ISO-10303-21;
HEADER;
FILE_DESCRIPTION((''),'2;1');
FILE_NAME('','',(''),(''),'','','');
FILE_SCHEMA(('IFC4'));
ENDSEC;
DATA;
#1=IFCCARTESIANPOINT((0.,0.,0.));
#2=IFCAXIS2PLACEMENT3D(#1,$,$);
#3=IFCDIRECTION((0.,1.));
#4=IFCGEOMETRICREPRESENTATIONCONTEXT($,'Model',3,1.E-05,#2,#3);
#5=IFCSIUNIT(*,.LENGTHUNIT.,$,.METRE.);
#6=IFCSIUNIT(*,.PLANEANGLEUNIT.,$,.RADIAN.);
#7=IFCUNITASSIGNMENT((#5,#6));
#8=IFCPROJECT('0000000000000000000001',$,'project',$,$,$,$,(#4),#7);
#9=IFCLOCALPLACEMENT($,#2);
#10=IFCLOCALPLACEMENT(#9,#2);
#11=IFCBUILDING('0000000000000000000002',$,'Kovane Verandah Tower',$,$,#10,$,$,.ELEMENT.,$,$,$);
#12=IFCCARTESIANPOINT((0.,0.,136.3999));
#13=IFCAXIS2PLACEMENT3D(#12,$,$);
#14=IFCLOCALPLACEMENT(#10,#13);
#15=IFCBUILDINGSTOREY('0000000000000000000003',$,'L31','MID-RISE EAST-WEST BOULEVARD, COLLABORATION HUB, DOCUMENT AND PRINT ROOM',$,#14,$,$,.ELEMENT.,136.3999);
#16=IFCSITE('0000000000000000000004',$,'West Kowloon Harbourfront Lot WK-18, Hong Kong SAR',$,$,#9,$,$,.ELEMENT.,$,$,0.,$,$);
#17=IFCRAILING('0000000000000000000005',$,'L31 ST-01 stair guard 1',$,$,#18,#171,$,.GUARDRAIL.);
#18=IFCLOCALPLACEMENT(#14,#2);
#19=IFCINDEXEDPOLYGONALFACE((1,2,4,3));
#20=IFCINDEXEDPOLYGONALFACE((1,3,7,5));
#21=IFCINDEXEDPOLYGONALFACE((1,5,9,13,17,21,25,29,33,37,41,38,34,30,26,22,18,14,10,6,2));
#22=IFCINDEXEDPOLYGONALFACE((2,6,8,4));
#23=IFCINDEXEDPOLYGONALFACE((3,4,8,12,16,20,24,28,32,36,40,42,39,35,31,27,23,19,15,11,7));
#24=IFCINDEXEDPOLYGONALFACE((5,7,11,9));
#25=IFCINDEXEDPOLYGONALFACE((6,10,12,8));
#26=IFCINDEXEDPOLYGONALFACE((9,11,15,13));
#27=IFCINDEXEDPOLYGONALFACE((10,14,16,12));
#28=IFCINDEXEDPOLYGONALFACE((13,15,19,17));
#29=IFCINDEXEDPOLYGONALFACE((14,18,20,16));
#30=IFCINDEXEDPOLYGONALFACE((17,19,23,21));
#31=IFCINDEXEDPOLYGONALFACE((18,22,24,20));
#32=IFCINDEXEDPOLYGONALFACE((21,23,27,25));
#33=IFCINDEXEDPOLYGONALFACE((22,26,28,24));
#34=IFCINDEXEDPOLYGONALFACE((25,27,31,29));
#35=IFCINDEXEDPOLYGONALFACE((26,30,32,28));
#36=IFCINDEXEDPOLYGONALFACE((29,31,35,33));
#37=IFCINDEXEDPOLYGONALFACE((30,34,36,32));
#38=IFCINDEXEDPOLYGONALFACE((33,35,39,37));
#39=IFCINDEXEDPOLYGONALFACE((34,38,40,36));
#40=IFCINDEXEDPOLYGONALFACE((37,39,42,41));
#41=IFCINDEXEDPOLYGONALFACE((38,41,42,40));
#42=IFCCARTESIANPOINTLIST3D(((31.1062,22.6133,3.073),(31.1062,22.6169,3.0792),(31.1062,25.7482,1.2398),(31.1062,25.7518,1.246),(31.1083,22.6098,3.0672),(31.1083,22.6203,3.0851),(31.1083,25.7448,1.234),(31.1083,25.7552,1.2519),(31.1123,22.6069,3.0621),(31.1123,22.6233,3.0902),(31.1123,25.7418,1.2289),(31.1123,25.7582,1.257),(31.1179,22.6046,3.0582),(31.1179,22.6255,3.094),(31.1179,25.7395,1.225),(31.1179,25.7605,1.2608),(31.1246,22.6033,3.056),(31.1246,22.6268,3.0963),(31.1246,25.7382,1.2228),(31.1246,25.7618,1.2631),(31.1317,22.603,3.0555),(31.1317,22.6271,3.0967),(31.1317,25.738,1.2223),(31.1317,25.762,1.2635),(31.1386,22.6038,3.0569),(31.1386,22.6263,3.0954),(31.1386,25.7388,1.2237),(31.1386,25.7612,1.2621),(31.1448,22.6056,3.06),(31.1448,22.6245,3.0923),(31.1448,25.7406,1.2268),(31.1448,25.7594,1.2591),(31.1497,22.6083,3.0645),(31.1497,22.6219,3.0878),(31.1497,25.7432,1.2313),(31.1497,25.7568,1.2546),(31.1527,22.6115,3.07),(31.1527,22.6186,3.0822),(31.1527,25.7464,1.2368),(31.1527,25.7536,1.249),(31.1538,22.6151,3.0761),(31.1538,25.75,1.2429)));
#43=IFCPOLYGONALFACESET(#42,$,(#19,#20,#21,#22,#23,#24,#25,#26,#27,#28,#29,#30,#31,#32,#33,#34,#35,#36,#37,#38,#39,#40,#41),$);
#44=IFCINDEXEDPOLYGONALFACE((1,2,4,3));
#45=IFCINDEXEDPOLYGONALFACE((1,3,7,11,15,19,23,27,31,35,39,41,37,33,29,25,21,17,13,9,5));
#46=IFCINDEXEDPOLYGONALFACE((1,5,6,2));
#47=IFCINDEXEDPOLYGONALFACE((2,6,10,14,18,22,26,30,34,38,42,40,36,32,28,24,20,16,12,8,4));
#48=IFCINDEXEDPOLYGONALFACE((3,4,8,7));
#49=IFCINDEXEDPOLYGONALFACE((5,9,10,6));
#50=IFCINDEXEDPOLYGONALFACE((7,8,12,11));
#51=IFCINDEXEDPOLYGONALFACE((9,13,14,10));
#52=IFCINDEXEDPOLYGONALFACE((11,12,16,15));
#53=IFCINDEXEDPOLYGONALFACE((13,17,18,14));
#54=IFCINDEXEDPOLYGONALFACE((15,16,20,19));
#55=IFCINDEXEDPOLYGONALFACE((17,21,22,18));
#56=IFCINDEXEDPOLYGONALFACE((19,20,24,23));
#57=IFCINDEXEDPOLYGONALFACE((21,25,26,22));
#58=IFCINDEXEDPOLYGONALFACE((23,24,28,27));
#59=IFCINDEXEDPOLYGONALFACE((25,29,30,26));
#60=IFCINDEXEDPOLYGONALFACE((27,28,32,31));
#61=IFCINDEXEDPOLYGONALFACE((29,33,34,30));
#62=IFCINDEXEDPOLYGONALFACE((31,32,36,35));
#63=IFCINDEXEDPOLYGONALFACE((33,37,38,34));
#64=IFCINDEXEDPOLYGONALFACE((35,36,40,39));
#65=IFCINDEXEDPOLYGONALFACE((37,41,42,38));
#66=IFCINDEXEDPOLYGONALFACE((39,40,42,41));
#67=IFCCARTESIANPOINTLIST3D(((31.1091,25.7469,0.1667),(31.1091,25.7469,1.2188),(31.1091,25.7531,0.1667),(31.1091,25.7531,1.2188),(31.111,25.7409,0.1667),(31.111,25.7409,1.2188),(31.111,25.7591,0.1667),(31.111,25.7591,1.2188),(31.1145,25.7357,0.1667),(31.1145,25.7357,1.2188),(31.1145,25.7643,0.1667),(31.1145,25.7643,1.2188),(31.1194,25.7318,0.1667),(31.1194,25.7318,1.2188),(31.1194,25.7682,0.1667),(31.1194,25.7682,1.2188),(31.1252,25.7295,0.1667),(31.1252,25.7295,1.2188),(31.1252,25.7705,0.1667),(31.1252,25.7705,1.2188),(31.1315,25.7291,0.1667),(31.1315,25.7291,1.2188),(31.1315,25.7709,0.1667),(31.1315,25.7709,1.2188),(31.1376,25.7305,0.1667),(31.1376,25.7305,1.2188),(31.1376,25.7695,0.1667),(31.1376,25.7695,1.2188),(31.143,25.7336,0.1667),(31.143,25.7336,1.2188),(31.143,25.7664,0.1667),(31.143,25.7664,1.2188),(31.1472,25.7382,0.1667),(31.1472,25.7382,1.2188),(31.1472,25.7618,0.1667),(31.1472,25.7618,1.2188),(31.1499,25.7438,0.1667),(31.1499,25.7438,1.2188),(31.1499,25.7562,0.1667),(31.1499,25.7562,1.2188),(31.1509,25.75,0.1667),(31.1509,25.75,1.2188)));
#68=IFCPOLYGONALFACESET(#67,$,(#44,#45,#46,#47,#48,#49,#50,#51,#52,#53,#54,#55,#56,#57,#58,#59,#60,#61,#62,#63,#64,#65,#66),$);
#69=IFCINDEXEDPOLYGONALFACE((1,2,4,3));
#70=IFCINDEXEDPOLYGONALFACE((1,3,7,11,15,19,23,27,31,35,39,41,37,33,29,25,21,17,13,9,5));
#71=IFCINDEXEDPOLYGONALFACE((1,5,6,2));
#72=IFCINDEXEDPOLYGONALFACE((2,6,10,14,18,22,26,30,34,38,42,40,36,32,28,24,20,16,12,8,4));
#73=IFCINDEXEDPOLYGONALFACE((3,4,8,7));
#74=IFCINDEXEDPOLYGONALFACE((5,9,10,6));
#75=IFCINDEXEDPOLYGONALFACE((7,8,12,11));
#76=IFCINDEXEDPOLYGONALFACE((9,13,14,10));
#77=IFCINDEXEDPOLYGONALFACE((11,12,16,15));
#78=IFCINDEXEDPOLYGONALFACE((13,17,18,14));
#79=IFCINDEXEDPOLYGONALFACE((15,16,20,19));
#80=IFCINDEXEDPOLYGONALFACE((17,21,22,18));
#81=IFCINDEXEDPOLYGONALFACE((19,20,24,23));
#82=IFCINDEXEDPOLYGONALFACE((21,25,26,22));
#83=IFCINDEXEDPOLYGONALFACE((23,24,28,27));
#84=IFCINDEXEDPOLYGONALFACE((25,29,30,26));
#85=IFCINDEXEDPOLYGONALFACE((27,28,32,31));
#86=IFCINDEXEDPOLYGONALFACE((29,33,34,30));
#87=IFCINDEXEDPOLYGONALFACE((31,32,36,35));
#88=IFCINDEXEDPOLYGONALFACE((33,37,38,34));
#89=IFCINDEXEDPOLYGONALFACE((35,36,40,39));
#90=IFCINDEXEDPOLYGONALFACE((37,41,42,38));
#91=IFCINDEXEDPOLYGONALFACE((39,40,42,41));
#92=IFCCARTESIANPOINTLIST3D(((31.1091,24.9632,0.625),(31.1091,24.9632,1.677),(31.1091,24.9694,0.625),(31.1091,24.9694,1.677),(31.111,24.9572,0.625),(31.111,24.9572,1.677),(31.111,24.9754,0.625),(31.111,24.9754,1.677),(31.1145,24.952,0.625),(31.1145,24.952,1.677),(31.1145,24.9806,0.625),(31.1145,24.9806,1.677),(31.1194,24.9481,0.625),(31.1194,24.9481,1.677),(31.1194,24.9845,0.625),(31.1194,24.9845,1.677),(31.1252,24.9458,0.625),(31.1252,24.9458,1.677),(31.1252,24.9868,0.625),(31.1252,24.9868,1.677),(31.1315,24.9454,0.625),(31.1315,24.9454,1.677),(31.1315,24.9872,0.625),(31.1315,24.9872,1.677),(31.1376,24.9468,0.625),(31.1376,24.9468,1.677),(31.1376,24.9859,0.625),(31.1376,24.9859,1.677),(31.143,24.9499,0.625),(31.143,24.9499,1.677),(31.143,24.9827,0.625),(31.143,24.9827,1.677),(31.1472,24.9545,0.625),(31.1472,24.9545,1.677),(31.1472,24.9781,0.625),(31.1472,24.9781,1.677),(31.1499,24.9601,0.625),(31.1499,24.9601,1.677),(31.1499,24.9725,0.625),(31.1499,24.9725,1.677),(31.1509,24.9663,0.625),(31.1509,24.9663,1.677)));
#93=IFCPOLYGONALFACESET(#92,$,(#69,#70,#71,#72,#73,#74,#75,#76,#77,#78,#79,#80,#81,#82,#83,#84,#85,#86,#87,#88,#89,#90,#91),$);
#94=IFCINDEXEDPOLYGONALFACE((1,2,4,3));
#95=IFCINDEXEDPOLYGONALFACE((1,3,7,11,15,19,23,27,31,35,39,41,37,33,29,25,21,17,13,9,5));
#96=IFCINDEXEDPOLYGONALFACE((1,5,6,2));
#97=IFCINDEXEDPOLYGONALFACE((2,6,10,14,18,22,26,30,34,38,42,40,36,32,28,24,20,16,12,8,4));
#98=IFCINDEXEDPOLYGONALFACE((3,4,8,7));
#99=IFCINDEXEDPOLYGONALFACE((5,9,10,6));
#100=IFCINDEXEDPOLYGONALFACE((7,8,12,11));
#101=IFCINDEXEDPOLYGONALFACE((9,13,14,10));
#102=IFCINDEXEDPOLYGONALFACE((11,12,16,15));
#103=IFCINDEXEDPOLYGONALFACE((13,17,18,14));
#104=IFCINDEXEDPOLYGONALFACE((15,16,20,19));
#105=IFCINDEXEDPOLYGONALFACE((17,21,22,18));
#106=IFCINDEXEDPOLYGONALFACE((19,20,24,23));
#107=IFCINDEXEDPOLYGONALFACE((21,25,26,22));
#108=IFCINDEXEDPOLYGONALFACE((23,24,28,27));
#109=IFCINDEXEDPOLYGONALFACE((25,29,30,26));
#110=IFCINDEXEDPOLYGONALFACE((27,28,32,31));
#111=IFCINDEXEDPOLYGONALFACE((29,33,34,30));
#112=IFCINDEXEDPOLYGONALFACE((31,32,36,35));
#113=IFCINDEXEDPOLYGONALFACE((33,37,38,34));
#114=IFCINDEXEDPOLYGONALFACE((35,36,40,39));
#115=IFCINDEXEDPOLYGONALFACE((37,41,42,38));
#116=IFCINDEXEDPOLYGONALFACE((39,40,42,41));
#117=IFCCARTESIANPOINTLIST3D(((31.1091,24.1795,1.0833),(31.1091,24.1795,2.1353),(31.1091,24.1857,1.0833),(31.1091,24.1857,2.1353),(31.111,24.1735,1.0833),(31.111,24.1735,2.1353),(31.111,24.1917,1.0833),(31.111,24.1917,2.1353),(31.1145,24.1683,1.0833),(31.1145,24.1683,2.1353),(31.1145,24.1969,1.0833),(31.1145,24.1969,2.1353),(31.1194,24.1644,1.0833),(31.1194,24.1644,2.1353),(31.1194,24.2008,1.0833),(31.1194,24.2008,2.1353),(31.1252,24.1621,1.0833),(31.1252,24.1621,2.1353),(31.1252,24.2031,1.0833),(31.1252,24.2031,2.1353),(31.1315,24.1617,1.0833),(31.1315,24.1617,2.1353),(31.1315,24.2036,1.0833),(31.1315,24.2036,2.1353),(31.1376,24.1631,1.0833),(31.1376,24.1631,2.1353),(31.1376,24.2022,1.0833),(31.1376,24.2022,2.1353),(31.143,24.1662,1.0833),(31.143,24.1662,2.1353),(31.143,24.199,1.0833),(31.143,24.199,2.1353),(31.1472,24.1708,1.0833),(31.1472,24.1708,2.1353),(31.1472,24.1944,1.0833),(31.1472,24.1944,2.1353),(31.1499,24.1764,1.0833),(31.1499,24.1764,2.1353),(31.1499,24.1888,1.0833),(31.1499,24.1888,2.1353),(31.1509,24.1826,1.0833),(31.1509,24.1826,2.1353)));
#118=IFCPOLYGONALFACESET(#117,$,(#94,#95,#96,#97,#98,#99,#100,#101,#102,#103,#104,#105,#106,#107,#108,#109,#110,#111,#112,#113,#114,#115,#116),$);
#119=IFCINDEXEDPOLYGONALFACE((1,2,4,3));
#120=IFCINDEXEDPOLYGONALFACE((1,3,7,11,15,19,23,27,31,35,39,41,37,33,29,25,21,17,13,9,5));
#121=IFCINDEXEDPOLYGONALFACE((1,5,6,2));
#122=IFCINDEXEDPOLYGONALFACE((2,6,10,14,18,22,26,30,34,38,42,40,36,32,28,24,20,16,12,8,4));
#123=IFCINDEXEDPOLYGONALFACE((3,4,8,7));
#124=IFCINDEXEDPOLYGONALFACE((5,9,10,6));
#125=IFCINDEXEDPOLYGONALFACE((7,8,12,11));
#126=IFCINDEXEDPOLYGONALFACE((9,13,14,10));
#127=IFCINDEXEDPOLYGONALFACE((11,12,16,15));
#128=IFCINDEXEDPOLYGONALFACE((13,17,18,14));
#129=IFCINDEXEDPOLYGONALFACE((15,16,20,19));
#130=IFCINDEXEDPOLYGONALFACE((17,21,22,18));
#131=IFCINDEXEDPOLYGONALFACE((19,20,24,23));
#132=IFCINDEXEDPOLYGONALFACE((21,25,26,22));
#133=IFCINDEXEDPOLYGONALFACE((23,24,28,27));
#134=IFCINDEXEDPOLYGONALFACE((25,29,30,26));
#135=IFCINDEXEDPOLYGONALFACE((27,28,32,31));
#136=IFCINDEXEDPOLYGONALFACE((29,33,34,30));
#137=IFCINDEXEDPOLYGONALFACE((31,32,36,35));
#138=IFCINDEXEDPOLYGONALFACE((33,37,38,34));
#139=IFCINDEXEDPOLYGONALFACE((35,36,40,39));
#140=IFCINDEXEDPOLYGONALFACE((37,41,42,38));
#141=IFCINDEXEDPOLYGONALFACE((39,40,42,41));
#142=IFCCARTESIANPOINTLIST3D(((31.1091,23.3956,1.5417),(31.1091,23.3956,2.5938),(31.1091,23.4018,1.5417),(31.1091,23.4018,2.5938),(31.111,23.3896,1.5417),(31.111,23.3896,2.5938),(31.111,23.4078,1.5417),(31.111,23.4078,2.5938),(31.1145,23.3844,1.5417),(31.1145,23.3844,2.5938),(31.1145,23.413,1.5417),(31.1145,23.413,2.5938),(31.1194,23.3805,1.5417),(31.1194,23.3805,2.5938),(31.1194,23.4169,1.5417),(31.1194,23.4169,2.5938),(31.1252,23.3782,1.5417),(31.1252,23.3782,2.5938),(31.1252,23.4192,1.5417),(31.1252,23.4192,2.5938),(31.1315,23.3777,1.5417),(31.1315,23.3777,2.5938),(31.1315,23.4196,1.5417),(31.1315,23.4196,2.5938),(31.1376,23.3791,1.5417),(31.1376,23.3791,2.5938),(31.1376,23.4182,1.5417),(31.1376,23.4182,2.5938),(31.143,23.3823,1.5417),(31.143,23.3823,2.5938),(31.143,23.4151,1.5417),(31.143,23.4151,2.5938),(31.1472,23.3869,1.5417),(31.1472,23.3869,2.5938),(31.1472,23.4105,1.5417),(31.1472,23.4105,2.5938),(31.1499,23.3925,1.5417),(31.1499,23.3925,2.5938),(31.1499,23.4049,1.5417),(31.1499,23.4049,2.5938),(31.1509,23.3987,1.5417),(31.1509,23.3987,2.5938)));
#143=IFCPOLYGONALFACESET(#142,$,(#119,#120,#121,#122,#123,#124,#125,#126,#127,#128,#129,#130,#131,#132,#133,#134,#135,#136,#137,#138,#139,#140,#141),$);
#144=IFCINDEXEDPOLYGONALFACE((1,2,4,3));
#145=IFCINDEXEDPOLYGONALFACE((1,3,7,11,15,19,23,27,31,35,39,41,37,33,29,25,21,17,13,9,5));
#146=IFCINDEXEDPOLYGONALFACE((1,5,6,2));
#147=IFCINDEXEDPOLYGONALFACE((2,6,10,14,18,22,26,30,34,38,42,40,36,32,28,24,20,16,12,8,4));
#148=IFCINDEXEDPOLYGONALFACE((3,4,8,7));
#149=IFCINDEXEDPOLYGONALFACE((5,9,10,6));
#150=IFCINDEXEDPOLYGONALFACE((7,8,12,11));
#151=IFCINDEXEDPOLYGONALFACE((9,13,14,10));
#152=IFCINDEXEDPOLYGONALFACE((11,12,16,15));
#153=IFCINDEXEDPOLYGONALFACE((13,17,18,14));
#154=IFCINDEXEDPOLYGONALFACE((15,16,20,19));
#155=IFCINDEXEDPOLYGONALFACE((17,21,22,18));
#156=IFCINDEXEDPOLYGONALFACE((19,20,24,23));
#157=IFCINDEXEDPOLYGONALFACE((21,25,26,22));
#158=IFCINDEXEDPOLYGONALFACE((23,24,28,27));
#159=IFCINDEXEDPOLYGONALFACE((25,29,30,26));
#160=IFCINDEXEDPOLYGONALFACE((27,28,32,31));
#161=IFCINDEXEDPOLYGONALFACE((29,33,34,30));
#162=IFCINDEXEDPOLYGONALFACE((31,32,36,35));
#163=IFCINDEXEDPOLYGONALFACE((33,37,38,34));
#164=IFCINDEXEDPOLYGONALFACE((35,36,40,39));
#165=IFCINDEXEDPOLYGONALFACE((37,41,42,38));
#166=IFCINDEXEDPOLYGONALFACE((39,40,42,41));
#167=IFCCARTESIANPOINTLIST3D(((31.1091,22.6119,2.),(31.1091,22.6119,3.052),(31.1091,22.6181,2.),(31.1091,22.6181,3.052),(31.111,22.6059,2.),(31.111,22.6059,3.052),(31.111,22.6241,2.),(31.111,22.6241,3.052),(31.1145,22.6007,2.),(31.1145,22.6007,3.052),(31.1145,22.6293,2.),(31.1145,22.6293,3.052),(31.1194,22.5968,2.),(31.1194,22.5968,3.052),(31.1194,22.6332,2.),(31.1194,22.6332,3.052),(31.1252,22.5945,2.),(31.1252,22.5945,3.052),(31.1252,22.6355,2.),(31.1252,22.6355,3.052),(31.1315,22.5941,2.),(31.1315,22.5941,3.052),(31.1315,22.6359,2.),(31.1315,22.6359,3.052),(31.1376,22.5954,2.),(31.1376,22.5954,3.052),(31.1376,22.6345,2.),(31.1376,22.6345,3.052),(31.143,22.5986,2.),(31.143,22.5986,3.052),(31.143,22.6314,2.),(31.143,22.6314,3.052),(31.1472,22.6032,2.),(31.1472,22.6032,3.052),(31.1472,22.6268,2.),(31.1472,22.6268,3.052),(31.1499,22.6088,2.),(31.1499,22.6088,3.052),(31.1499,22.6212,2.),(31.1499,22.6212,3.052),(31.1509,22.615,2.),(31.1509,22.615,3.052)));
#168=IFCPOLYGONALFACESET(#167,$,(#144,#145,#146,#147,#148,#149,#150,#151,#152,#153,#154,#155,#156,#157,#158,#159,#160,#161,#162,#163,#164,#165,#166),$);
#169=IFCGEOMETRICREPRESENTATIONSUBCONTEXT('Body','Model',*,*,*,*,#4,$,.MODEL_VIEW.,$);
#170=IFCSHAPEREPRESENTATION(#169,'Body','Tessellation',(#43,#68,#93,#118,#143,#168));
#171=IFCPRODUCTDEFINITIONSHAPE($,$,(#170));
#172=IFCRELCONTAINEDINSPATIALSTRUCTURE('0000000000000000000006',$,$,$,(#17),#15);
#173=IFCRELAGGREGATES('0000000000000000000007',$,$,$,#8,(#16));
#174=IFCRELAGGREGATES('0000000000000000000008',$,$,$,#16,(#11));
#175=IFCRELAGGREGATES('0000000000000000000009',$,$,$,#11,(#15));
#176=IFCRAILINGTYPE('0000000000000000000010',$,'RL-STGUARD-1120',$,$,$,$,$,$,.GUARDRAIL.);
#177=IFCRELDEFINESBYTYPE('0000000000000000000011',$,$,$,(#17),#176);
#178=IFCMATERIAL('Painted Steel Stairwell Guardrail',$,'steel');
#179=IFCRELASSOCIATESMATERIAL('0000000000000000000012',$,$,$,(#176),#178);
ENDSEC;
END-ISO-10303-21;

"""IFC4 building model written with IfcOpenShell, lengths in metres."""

from ifc_helpers import new_model, si_unit, direction, frame, origin, origin_2d, place, context, subcontext, project, spatial, circle, extrude, material, type_object, element, save


model = new_model("IFC4")

# Units and contexts
model_context = context("Model", 3, precision=1e-05, world=origin(), true_north=direction((0.0, 1.0)))
body_context = subcontext(model_context, "Body", "Model", "MODEL_VIEW")
ifc_project = project(units=[si_unit("LENGTHUNIT", "METRE"), si_unit("PLANEANGLEUNIT", "RADIAN")], contexts=[model_context])

# Site, building, storey
site_placement = place(None, origin())
site = spatial("IfcSite", under=ifc_project, at=site_placement, Name="West Kowloon Harbourfront Lot WK-18, Hong Kong SAR", CompositionType="ELEMENT", RefElevation=0.0)
building_placement = place(site_placement, origin())
building = spatial("IfcBuilding", under=site, at=building_placement, Name="Kovane Verandah Tower", CompositionType="ELEMENT")
storey_placement = place(building_placement, frame((0.0, 0.0, 136.3999)))
storey = spatial("IfcBuildingStorey", under=building, at=storey_placement, Name="L31", Description="MID-RISE EAST-WEST BOULEVARD, COLLABORATION HUB, DOCUMENT AND PRINT ROOM", CompositionType="ELEMENT", Elevation=136.3999)

# Railing
ifc_material_1 = material(Name="Painted Steel Stairwell Guardrail", Category="steel")
railing_type_1 = type_object("IfcRailingType", Name="RL-STGUARD-1120", PredefinedType="GUARDRAIL", material=ifc_material_1)
railing_1_placement = place(storey_placement, frame((31.1299, 25.75, 0.1667)))
element("IfcRailing", 1, at=railing_1_placement, inside=storey, type_object=railing_type_1, Name="L31 ST-01 stair guard 1", PredefinedType="GUARDRAIL", context=body_context, shape_type="SweptSolid", body=[
    extrude(circle(Radius=0.0239, at=origin_2d()), frame((0.0, 0.0, 1.0762), z_axis=(0.0, -0.86324, 0.504794), x_axis=(1.0, 0.0, 0.0)), (0.0, 0.0, 1.0), 3.6316),
    extrude(circle(Radius=0.021, at=origin_2d()), origin(), (0.0, 0.0, 1.0), 1.052),
    extrude(circle(Radius=0.021, at=origin_2d()), frame((0.0, -0.7837, 0.4583)), (0.0, 0.0, 1.0), 1.052),
    extrude(circle(Radius=0.021, at=origin_2d()), frame((0.0, -1.5674, 0.9165)), (0.0, 0.0, 1.0), 1.052),
    extrude(circle(Radius=0.021, at=origin_2d()), frame((0.0, -2.3513, 1.375)), (0.0, 0.0, 1.0), 1.052),
    extrude(circle(Radius=0.021, at=origin_2d()), frame((0.0, -3.135, 1.8333)), (0.0, 0.0, 1.0), 1.052),
])

save(model, "model.ifc")
